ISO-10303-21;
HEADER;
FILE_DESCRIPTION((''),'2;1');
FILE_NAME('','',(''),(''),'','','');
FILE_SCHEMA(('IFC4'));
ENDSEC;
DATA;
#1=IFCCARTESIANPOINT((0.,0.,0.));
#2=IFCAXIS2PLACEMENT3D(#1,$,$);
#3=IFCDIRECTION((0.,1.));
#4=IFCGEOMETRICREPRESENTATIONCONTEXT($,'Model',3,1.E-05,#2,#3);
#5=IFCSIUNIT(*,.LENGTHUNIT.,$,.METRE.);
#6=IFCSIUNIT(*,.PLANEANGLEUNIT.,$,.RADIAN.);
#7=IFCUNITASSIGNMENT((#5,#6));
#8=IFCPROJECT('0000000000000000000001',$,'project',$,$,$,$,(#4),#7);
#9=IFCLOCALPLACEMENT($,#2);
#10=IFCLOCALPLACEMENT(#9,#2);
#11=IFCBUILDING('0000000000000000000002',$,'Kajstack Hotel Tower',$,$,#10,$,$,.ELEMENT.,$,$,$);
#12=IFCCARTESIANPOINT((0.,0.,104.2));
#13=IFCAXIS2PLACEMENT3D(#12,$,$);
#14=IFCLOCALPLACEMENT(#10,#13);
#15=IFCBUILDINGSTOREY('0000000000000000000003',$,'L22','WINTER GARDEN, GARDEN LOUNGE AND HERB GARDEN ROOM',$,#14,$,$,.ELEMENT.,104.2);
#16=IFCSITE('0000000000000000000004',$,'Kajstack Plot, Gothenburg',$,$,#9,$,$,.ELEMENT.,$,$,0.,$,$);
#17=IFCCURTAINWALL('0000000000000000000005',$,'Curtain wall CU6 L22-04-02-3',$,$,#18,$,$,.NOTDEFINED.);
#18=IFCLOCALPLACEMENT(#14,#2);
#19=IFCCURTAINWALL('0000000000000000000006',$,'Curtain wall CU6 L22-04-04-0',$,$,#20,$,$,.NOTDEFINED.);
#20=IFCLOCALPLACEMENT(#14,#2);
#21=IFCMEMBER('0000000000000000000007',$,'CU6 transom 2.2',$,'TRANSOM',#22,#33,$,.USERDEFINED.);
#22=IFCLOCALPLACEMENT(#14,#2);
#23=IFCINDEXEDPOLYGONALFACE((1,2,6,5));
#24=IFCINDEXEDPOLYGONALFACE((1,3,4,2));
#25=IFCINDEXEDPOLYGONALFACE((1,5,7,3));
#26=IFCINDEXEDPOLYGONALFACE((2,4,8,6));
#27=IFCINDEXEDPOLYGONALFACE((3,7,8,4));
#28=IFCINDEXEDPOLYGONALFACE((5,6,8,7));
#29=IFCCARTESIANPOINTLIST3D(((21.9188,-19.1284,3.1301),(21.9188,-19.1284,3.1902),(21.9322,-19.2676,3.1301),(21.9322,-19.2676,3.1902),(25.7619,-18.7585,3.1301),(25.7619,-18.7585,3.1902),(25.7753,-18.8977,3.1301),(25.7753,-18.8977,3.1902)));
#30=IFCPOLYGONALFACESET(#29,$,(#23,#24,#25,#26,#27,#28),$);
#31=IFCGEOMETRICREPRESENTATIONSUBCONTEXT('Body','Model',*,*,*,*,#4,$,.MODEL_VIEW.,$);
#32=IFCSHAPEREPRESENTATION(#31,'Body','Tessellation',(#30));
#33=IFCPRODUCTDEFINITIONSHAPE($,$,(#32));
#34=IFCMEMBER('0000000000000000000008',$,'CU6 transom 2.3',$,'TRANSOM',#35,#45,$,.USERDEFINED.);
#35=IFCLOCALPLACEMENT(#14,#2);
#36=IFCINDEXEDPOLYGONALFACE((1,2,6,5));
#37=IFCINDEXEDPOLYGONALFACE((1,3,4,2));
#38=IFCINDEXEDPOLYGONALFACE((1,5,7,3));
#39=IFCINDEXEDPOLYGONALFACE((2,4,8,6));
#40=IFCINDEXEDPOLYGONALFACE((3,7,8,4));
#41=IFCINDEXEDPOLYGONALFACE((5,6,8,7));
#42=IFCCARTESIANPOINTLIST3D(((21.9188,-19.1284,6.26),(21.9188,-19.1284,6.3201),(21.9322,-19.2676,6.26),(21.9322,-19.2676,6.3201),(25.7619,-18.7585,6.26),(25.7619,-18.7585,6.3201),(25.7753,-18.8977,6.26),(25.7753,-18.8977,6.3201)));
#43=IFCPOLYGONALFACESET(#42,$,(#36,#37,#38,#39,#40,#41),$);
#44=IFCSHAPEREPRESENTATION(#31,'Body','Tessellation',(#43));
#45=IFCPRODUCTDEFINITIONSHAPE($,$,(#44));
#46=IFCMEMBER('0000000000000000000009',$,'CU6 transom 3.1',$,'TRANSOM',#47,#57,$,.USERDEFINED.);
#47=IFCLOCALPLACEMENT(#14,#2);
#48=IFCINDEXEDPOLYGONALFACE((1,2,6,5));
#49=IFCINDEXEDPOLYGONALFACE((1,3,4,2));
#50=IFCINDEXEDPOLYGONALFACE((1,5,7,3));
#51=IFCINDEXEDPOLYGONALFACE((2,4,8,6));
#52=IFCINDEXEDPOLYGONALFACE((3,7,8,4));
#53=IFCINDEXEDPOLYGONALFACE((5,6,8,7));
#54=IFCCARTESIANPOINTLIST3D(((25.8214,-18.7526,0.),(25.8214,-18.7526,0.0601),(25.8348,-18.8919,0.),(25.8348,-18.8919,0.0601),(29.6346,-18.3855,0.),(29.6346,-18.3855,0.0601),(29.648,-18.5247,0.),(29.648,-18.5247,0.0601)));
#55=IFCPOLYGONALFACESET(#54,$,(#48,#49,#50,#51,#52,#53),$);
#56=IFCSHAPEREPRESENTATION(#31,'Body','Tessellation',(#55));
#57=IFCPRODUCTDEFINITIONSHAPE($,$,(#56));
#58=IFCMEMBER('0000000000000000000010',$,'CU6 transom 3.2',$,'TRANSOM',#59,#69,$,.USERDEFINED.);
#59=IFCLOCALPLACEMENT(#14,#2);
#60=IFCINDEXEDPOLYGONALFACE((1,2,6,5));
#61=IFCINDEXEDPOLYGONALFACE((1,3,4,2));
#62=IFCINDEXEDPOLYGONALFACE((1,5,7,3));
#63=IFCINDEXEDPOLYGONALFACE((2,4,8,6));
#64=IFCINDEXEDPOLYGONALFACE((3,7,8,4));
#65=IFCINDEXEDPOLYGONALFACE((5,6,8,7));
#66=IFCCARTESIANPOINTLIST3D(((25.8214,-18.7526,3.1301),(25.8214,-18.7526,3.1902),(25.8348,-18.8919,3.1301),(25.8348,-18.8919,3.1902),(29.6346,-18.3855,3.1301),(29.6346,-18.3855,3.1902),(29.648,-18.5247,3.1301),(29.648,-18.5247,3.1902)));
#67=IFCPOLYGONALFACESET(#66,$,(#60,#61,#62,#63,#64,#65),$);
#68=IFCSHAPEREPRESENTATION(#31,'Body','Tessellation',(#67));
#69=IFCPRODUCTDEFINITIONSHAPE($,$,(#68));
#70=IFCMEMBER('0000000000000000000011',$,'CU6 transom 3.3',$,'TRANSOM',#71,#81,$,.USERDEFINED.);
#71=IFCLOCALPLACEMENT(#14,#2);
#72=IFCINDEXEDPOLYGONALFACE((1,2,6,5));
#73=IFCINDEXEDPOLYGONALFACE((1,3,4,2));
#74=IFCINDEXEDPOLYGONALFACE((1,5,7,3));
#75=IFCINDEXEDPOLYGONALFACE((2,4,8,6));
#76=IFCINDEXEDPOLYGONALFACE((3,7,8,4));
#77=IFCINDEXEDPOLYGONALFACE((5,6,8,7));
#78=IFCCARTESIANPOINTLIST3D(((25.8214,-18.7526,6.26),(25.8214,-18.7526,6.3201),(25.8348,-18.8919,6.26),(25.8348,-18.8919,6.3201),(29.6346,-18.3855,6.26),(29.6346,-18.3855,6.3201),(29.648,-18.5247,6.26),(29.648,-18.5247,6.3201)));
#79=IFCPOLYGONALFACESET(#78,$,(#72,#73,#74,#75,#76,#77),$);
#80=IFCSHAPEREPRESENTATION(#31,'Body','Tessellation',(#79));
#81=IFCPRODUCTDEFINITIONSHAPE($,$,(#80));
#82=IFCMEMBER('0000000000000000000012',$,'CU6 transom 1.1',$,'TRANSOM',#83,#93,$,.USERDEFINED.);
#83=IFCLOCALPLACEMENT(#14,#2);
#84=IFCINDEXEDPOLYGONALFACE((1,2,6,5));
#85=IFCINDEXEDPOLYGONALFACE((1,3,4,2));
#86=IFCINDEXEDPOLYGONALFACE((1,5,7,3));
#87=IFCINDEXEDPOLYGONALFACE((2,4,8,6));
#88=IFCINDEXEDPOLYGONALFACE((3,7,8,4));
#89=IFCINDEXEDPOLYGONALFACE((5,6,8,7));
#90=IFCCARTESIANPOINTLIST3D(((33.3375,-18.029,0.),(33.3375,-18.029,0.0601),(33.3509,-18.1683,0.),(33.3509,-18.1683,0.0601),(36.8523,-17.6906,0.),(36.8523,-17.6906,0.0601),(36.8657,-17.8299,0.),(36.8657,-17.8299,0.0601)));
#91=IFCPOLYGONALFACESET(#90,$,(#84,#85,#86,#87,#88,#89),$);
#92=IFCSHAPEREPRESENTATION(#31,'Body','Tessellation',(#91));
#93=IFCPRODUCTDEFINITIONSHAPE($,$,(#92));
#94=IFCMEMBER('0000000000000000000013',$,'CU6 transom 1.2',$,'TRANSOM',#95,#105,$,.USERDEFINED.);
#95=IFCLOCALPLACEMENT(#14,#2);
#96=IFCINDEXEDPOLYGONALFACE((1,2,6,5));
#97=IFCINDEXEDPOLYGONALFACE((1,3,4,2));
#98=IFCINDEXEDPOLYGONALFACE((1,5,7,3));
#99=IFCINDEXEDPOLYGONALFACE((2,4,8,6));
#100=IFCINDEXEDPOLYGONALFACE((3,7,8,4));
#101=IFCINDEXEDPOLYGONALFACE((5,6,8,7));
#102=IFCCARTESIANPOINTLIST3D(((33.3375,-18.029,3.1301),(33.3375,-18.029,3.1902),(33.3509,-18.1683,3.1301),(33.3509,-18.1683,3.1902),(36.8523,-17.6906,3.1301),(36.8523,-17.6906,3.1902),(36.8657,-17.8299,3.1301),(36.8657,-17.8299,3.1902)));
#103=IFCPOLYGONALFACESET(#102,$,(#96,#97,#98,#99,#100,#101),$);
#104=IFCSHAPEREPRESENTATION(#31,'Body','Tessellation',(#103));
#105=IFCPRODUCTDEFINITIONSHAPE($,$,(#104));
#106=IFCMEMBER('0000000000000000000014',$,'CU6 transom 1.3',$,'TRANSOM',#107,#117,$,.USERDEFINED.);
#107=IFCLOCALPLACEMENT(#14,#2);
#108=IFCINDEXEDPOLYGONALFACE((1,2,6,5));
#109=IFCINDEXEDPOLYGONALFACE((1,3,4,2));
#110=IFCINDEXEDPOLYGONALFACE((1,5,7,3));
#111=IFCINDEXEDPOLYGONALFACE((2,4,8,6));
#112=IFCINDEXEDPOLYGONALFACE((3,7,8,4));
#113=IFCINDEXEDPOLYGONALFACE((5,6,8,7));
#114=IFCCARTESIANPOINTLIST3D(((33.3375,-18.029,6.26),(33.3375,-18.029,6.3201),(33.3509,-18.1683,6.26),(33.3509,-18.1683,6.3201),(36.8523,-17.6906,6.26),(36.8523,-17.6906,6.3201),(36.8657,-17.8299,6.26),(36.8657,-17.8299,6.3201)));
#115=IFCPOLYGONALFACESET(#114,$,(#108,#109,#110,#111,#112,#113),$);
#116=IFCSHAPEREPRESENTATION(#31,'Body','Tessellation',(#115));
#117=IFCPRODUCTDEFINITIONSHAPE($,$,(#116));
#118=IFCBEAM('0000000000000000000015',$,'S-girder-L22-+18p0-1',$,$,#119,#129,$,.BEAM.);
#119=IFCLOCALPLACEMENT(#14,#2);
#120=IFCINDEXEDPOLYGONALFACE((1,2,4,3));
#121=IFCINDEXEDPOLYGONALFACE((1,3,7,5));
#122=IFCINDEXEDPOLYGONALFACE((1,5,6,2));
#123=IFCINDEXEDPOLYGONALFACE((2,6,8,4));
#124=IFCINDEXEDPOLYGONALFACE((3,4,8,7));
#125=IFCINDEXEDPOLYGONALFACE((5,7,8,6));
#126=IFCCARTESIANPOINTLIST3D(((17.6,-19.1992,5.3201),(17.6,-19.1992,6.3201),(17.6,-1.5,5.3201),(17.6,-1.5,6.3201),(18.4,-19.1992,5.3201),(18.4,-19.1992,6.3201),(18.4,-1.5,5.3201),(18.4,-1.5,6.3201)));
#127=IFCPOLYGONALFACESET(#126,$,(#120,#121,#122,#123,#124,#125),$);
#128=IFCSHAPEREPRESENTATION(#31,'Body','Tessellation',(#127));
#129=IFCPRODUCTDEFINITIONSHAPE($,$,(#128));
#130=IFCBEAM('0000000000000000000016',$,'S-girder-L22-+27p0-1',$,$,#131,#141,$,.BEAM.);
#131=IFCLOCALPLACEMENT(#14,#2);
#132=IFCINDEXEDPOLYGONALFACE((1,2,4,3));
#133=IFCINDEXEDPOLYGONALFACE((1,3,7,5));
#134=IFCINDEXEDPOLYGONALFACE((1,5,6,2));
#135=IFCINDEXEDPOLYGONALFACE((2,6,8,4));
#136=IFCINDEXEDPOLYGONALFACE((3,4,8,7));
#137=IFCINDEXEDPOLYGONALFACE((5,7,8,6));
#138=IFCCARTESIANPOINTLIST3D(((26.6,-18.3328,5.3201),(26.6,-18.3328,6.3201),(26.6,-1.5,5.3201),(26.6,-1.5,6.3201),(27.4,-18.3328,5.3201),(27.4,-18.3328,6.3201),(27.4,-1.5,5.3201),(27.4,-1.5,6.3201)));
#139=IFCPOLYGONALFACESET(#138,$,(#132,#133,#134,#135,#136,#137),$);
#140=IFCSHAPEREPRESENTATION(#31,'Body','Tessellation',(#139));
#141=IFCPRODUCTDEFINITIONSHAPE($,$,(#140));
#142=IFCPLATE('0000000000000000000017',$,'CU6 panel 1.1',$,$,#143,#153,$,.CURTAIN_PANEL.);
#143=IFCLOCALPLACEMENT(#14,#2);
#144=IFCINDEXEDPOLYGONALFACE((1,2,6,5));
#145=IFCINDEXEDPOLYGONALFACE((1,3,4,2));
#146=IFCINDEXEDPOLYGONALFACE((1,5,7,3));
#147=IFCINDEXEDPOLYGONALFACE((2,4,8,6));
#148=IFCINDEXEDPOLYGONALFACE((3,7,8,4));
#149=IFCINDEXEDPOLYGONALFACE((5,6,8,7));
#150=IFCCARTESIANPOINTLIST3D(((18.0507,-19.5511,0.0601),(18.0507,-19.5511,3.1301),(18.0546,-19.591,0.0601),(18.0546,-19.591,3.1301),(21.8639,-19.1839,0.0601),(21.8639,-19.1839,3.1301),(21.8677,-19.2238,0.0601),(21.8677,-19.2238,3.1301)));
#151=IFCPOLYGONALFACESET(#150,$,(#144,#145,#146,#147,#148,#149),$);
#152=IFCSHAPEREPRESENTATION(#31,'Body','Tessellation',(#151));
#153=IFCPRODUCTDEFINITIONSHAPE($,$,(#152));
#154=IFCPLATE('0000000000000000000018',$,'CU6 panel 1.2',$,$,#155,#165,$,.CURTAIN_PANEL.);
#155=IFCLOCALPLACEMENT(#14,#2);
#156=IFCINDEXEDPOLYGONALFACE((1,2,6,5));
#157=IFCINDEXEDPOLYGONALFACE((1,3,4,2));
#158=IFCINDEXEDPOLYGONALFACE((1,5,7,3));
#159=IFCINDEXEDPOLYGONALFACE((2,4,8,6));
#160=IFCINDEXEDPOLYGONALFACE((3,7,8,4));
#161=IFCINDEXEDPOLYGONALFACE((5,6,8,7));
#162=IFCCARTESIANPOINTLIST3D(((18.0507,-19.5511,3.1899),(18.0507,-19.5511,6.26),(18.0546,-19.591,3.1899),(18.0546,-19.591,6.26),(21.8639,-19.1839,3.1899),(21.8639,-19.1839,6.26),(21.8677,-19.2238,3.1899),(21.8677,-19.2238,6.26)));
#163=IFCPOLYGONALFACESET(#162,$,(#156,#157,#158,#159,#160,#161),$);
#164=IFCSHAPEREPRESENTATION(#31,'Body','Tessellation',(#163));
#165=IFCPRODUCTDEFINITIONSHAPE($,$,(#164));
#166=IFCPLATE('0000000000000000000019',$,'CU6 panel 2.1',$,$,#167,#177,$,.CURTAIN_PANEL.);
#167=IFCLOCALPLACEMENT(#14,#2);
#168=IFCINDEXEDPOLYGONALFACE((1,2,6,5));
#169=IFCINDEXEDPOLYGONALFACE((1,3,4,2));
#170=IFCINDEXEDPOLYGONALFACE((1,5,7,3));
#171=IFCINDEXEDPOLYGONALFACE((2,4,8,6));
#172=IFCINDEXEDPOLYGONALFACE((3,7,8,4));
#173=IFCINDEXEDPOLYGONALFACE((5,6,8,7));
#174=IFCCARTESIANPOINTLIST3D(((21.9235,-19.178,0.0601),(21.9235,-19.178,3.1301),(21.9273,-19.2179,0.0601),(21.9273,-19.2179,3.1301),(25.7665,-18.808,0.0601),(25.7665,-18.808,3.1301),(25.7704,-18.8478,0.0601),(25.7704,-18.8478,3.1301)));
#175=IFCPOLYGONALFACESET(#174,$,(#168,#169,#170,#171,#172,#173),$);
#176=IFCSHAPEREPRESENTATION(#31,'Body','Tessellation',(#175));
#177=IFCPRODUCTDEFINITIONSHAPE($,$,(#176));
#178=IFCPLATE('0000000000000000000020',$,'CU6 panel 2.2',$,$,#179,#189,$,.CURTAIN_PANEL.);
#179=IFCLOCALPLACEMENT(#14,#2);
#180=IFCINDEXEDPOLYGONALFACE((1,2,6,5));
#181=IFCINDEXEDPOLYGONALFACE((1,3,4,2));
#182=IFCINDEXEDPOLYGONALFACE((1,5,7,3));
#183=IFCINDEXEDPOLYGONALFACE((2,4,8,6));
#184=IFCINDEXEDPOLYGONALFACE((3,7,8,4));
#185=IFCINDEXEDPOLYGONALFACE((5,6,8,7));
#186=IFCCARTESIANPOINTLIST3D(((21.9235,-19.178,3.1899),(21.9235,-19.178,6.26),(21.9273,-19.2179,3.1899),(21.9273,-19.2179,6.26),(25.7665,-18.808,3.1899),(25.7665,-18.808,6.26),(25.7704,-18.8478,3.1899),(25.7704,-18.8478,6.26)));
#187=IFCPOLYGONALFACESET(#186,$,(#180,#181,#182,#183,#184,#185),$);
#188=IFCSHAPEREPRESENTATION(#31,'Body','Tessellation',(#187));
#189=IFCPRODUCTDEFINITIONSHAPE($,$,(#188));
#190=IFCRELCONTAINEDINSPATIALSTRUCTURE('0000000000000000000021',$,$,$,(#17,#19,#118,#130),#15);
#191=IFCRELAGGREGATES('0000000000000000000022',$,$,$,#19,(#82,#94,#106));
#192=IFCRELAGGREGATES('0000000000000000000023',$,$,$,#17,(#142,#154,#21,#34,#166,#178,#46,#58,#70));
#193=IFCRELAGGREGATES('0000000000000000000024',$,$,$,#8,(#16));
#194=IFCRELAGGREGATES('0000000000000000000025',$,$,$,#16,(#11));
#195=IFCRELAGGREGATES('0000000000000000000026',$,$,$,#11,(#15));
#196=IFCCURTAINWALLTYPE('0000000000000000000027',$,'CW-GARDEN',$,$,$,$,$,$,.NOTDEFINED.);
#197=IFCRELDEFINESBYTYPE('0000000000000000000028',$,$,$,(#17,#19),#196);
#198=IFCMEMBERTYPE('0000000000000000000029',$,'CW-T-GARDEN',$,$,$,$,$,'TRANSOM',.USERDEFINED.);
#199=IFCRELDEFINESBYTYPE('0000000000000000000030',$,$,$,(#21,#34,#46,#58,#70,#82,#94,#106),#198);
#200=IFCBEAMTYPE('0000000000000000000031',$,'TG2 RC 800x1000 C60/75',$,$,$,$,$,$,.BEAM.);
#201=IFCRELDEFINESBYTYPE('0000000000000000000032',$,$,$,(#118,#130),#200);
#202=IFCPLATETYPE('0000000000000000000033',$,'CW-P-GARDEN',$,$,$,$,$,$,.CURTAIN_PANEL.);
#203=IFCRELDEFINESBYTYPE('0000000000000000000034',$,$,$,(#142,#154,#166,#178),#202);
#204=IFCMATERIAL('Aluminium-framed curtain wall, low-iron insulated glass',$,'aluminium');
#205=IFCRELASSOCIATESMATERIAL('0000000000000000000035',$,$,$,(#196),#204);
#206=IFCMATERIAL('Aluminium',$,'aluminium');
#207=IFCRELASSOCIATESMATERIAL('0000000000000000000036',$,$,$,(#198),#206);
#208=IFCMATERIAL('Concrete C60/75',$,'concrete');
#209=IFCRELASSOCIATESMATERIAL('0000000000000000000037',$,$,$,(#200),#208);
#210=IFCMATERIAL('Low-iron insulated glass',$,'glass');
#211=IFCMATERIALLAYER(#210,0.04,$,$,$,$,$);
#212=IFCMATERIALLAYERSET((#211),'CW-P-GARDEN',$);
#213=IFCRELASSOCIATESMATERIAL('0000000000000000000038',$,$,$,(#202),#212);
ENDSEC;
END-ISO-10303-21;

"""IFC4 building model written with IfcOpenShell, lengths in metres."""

from ifc_helpers import new_model, si_unit, direction, frame, origin, origin_2d, place, context, subcontext, project, spatial, rectangle, extrude, material, layer, layer_set, material_profile, profile_set, type_object, element, aggregate, save


model = new_model("IFC4")

# Units and contexts
model_context = context("Model", 3, precision=1e-05, world=origin(), true_north=direction((0.0, 1.0)))
body_context = subcontext(model_context, "Body", "Model", "MODEL_VIEW")
ifc_project = project(units=[si_unit("LENGTHUNIT", "METRE"), si_unit("PLANEANGLEUNIT", "RADIAN")], contexts=[model_context])

# Site, building, storey
site_placement = place(None, origin())
site = spatial("IfcSite", under=ifc_project, at=site_placement, Name="Kajstack Plot, Gothenburg", CompositionType="ELEMENT", RefElevation=0.0)
building_placement = place(site_placement, origin())
building = spatial("IfcBuilding", under=site, at=building_placement, Name="Kajstack Hotel Tower", CompositionType="ELEMENT")
storey_placement = place(building_placement, frame((0.0, 0.0, 104.2)))
storey = spatial("IfcBuildingStorey", under=building, at=storey_placement, Name="L22", Description="WINTER GARDEN, GARDEN LOUNGE AND HERB GARDEN ROOM", CompositionType="ELEMENT", Elevation=104.2)

# Shared definitions
ifc_material_1 = material(Name="Aluminium-framed curtain wall, low-iron insulated glass", Category="aluminium")
curtain_wall_type = type_object("IfcCurtainWallType", Name="CW-GARDEN", PredefinedType="NOTDEFINED", material=ifc_material_1)
ifc_material_2 = material(Name="Aluminium", Category="aluminium")

# Curtain wall
curtain_wall_1_placement = place(storey_placement, origin())
curtain_wall_1 = element("IfcCurtainWall", 1, at=curtain_wall_1_placement, inside=storey, type_object=curtain_wall_type, Name="Curtain wall CU6 L22-04-02-3", PredefinedType="NOTDEFINED")

# Curtain wall
curtain_wall_2_placement = place(storey_placement, origin())
curtain_wall_2 = element("IfcCurtainWall", 2, at=curtain_wall_2_placement, inside=storey, type_object=curtain_wall_type, Name="Curtain wall CU6 L22-04-04-0", PredefinedType="NOTDEFINED")

# Members
ifc_material_profile_1 = material_profile(ifc_material_2, rectangle(XDim=0.1399, YDim=0.0601, at=origin_2d()), Name="Aluminium transom 140 x 60")
ifc_profile_set_1 = profile_set([ifc_material_profile_1], Name="Aluminium")
member_type_1 = type_object("IfcMemberType", Name="CW-T-GARDEN", ElementType="TRANSOM", PredefinedType="USERDEFINED", material=ifc_profile_set_1)
member_1_placement = place(storey_placement, frame((21.9255, -19.198, 3.1602), z_axis=(0.9954, 0.095803, 0.0), x_axis=(-0.095803, 0.9954, 0.0)))
member_1 = element("IfcMember", 3, at=member_1_placement, type_object=member_type_1, Name="CU6 transom 2.2", ObjectType="TRANSOM", PredefinedType="USERDEFINED", context=body_context, shape_type="SweptSolid", body=[
    extrude(rectangle(XDim=0.1399, YDim=0.0601, at=origin_2d()), origin(), (0.0, 0.0, 1.0), 3.8608),
])
member_2_placement = place(storey_placement, frame((21.9255, -19.198, 6.29), z_axis=(0.9954, 0.095803, 0.0), x_axis=(-0.095803, 0.9954, 0.0)))
member_2 = element("IfcMember", 4, at=member_2_placement, type_object=member_type_1, Name="CU6 transom 2.3", ObjectType="TRANSOM", PredefinedType="USERDEFINED", context=body_context, shape_type="SweptSolid", body=[
    extrude(rectangle(XDim=0.1399, YDim=0.0601, at=origin_2d()), origin(), (0.0, 0.0, 1.0), 3.8608),
])
member_3_placement = place(storey_placement, frame((25.8281, -18.8223, 0.03), z_axis=(0.995396, 0.09585, 0.0), x_axis=(-0.09585, 0.995396, 0.0)))
member_3 = element("IfcMember", 5, at=member_3_placement, type_object=member_type_1, Name="CU6 transom 3.1", ObjectType="TRANSOM", PredefinedType="USERDEFINED", context=body_context, shape_type="SweptSolid", body=[
    extrude(rectangle(XDim=0.1399, YDim=0.0601, at=origin_2d()), origin(), (0.0, 0.0, 1.0), 3.8308),
])
member_4_placement = place(storey_placement, frame((25.8281, -18.8223, 3.1602), z_axis=(0.995396, 0.09585, 0.0), x_axis=(-0.09585, 0.995396, 0.0)))
member_4 = element("IfcMember", 6, at=member_4_placement, type_object=member_type_1, Name="CU6 transom 3.2", ObjectType="TRANSOM", PredefinedType="USERDEFINED", context=body_context, shape_type="SweptSolid", body=[
    extrude(rectangle(XDim=0.1399, YDim=0.0601, at=origin_2d()), origin(), (0.0, 0.0, 1.0), 3.8308),
])
member_5_placement = place(storey_placement, frame((25.8281, -18.8223, 6.29), z_axis=(0.995396, 0.09585, 0.0), x_axis=(-0.09585, 0.995396, 0.0)))
member_5 = element("IfcMember", 7, at=member_5_placement, type_object=member_type_1, Name="CU6 transom 3.3", ObjectType="TRANSOM", PredefinedType="USERDEFINED", context=body_context, shape_type="SweptSolid", body=[
    extrude(rectangle(XDim=0.1399, YDim=0.0601, at=origin_2d()), origin(), (0.0, 0.0, 1.0), 3.8308),
])
member_6_placement = place(storey_placement, frame((33.3442, -18.0986, 0.03), z_axis=(0.995397, 0.095834, 0.0), x_axis=(-0.095834, 0.995397, 0.0)))
member_6 = element("IfcMember", 8, at=member_6_placement, type_object=member_type_1, Name="CU6 transom 1.1", ObjectType="TRANSOM", PredefinedType="USERDEFINED", context=body_context, shape_type="SweptSolid", body=[
    extrude(rectangle(XDim=0.1399, YDim=0.0601, at=origin_2d()), origin(), (0.0, 0.0, 1.0), 3.531),
])
member_7_placement = place(storey_placement, frame((33.3442, -18.0986, 3.1602), z_axis=(0.995397, 0.095834, 0.0), x_axis=(-0.095834, 0.995397, 0.0)))
member_7 = element("IfcMember", 9, at=member_7_placement, type_object=member_type_1, Name="CU6 transom 1.2", ObjectType="TRANSOM", PredefinedType="USERDEFINED", context=body_context, shape_type="SweptSolid", body=[
    extrude(rectangle(XDim=0.1399, YDim=0.0601, at=origin_2d()), origin(), (0.0, 0.0, 1.0), 3.531),
])
member_8_placement = place(storey_placement, frame((33.3442, -18.0986, 6.29), z_axis=(0.995397, 0.095834, 0.0), x_axis=(-0.095834, 0.995397, 0.0)))
member_8 = element("IfcMember", 10, at=member_8_placement, type_object=member_type_1, Name="CU6 transom 1.3", ObjectType="TRANSOM", PredefinedType="USERDEFINED", context=body_context, shape_type="SweptSolid", body=[
    extrude(rectangle(XDim=0.1399, YDim=0.0601, at=origin_2d()), origin(), (0.0, 0.0, 1.0), 3.531),
])
aggregate(curtain_wall_2, [member_6, member_7, member_8])

# Beams
ifc_material_3 = material(Name="Concrete C60/75", Category="concrete")
ifc_material_profile_2 = material_profile(ifc_material_3, rectangle(XDim=0.8, YDim=1.0, at=origin_2d()), Name="RC 800x1000")
ifc_profile_set_2 = profile_set([ifc_material_profile_2], Name="Concrete C60/75")
beam_type = type_object("IfcBeamType", Name="TG2 RC 800x1000 C60/75", PredefinedType="BEAM", material=ifc_profile_set_2)
beam_1_placement = place(storey_placement, frame((18.0, -19.1992, 5.8201), z_axis=(0.0, 1.0, 0.0), x_axis=(-1.0, 0.0, 0.0)))
element("IfcBeam", 11, at=beam_1_placement, inside=storey, type_object=beam_type, Name="S-girder-L22-+18p0-1", PredefinedType="BEAM", context=body_context, shape_type="SweptSolid", body=[
    extrude(rectangle(XDim=0.8, YDim=1.0, at=origin_2d()), origin(), (0.0, 0.0, 1.0), 17.6992),
])
beam_2_placement = place(storey_placement, frame((27.0, -18.3328, 5.8201), z_axis=(0.0, 1.0, 0.0), x_axis=(-1.0, 0.0, 0.0)))
element("IfcBeam", 12, at=beam_2_placement, inside=storey, type_object=beam_type, Name="S-girder-L22-+27p0-1", PredefinedType="BEAM", context=body_context, shape_type="SweptSolid", body=[
    extrude(rectangle(XDim=0.8, YDim=1.0, at=origin_2d()), origin(), (0.0, 0.0, 1.0), 16.8328),
])

# Plates
ifc_material_4 = material(Name="Low-iron insulated glass", Category="glass")
ifc_layer_1 = layer(ifc_material_4, 0.04)
ifc_layer_set_1 = layer_set([ifc_layer_1], Name="CW-P-GARDEN")
plate_type = type_object("IfcPlateType", Name="CW-P-GARDEN", PredefinedType="CURTAIN_PANEL", material=ifc_layer_set_1)
plate_1_placement = place(storey_placement, frame((19.9592, -19.3875, 0.0601), z_axis=(0.0, 0.0, 1.0), x_axis=(0.995396, 0.095846, 0.0)))
plate_1 = element("IfcPlate", 13, at=plate_1_placement, type_object=plate_type, Name="CU6 panel 1.1", PredefinedType="CURTAIN_PANEL", context=body_context, shape_type="SweptSolid", body=[
    extrude(rectangle(XDim=3.8308, YDim=0.04, at=origin_2d()), origin(), (0.0, 0.0, 1.0), 3.0701),
])
plate_2_placement = place(storey_placement, frame((19.9592, -19.3875, 3.1899), z_axis=(0.0, 0.0, 1.0), x_axis=(0.995396, 0.095846, 0.0)))
plate_2 = element("IfcPlate", 14, at=plate_2_placement, type_object=plate_type, Name="CU6 panel 1.2", PredefinedType="CURTAIN_PANEL", context=body_context, shape_type="SweptSolid", body=[
    extrude(rectangle(XDim=3.8308, YDim=0.04, at=origin_2d()), origin(), (0.0, 0.0, 1.0), 3.0701),
])
plate_3_placement = place(storey_placement, frame((23.8469, -19.0129, 0.0601), z_axis=(0.0, 0.0, 1.0), x_axis=(0.995396, 0.095846, 0.0)))
plate_3 = element("IfcPlate", 15, at=plate_3_placement, type_object=plate_type, Name="CU6 panel 2.1", PredefinedType="CURTAIN_PANEL", context=body_context, shape_type="SweptSolid", body=[
    extrude(rectangle(XDim=3.8608, YDim=0.04, at=origin_2d()), origin(), (0.0, 0.0, 1.0), 3.0701),
])
plate_4_placement = place(storey_placement, frame((23.8469, -19.0129, 3.1899), z_axis=(0.0, 0.0, 1.0), x_axis=(0.995396, 0.095846, 0.0)))
plate_4 = element("IfcPlate", 16, at=plate_4_placement, type_object=plate_type, Name="CU6 panel 2.2", PredefinedType="CURTAIN_PANEL", context=body_context, shape_type="SweptSolid", body=[
    extrude(rectangle(XDim=3.8608, YDim=0.04, at=origin_2d()), origin(), (0.0, 0.0, 1.0), 3.0701),
])
aggregate(curtain_wall_1, [plate_1, plate_2, member_1, member_2, plate_3, plate_4, member_3, member_4, member_5])

save(model, "model.ifc")
